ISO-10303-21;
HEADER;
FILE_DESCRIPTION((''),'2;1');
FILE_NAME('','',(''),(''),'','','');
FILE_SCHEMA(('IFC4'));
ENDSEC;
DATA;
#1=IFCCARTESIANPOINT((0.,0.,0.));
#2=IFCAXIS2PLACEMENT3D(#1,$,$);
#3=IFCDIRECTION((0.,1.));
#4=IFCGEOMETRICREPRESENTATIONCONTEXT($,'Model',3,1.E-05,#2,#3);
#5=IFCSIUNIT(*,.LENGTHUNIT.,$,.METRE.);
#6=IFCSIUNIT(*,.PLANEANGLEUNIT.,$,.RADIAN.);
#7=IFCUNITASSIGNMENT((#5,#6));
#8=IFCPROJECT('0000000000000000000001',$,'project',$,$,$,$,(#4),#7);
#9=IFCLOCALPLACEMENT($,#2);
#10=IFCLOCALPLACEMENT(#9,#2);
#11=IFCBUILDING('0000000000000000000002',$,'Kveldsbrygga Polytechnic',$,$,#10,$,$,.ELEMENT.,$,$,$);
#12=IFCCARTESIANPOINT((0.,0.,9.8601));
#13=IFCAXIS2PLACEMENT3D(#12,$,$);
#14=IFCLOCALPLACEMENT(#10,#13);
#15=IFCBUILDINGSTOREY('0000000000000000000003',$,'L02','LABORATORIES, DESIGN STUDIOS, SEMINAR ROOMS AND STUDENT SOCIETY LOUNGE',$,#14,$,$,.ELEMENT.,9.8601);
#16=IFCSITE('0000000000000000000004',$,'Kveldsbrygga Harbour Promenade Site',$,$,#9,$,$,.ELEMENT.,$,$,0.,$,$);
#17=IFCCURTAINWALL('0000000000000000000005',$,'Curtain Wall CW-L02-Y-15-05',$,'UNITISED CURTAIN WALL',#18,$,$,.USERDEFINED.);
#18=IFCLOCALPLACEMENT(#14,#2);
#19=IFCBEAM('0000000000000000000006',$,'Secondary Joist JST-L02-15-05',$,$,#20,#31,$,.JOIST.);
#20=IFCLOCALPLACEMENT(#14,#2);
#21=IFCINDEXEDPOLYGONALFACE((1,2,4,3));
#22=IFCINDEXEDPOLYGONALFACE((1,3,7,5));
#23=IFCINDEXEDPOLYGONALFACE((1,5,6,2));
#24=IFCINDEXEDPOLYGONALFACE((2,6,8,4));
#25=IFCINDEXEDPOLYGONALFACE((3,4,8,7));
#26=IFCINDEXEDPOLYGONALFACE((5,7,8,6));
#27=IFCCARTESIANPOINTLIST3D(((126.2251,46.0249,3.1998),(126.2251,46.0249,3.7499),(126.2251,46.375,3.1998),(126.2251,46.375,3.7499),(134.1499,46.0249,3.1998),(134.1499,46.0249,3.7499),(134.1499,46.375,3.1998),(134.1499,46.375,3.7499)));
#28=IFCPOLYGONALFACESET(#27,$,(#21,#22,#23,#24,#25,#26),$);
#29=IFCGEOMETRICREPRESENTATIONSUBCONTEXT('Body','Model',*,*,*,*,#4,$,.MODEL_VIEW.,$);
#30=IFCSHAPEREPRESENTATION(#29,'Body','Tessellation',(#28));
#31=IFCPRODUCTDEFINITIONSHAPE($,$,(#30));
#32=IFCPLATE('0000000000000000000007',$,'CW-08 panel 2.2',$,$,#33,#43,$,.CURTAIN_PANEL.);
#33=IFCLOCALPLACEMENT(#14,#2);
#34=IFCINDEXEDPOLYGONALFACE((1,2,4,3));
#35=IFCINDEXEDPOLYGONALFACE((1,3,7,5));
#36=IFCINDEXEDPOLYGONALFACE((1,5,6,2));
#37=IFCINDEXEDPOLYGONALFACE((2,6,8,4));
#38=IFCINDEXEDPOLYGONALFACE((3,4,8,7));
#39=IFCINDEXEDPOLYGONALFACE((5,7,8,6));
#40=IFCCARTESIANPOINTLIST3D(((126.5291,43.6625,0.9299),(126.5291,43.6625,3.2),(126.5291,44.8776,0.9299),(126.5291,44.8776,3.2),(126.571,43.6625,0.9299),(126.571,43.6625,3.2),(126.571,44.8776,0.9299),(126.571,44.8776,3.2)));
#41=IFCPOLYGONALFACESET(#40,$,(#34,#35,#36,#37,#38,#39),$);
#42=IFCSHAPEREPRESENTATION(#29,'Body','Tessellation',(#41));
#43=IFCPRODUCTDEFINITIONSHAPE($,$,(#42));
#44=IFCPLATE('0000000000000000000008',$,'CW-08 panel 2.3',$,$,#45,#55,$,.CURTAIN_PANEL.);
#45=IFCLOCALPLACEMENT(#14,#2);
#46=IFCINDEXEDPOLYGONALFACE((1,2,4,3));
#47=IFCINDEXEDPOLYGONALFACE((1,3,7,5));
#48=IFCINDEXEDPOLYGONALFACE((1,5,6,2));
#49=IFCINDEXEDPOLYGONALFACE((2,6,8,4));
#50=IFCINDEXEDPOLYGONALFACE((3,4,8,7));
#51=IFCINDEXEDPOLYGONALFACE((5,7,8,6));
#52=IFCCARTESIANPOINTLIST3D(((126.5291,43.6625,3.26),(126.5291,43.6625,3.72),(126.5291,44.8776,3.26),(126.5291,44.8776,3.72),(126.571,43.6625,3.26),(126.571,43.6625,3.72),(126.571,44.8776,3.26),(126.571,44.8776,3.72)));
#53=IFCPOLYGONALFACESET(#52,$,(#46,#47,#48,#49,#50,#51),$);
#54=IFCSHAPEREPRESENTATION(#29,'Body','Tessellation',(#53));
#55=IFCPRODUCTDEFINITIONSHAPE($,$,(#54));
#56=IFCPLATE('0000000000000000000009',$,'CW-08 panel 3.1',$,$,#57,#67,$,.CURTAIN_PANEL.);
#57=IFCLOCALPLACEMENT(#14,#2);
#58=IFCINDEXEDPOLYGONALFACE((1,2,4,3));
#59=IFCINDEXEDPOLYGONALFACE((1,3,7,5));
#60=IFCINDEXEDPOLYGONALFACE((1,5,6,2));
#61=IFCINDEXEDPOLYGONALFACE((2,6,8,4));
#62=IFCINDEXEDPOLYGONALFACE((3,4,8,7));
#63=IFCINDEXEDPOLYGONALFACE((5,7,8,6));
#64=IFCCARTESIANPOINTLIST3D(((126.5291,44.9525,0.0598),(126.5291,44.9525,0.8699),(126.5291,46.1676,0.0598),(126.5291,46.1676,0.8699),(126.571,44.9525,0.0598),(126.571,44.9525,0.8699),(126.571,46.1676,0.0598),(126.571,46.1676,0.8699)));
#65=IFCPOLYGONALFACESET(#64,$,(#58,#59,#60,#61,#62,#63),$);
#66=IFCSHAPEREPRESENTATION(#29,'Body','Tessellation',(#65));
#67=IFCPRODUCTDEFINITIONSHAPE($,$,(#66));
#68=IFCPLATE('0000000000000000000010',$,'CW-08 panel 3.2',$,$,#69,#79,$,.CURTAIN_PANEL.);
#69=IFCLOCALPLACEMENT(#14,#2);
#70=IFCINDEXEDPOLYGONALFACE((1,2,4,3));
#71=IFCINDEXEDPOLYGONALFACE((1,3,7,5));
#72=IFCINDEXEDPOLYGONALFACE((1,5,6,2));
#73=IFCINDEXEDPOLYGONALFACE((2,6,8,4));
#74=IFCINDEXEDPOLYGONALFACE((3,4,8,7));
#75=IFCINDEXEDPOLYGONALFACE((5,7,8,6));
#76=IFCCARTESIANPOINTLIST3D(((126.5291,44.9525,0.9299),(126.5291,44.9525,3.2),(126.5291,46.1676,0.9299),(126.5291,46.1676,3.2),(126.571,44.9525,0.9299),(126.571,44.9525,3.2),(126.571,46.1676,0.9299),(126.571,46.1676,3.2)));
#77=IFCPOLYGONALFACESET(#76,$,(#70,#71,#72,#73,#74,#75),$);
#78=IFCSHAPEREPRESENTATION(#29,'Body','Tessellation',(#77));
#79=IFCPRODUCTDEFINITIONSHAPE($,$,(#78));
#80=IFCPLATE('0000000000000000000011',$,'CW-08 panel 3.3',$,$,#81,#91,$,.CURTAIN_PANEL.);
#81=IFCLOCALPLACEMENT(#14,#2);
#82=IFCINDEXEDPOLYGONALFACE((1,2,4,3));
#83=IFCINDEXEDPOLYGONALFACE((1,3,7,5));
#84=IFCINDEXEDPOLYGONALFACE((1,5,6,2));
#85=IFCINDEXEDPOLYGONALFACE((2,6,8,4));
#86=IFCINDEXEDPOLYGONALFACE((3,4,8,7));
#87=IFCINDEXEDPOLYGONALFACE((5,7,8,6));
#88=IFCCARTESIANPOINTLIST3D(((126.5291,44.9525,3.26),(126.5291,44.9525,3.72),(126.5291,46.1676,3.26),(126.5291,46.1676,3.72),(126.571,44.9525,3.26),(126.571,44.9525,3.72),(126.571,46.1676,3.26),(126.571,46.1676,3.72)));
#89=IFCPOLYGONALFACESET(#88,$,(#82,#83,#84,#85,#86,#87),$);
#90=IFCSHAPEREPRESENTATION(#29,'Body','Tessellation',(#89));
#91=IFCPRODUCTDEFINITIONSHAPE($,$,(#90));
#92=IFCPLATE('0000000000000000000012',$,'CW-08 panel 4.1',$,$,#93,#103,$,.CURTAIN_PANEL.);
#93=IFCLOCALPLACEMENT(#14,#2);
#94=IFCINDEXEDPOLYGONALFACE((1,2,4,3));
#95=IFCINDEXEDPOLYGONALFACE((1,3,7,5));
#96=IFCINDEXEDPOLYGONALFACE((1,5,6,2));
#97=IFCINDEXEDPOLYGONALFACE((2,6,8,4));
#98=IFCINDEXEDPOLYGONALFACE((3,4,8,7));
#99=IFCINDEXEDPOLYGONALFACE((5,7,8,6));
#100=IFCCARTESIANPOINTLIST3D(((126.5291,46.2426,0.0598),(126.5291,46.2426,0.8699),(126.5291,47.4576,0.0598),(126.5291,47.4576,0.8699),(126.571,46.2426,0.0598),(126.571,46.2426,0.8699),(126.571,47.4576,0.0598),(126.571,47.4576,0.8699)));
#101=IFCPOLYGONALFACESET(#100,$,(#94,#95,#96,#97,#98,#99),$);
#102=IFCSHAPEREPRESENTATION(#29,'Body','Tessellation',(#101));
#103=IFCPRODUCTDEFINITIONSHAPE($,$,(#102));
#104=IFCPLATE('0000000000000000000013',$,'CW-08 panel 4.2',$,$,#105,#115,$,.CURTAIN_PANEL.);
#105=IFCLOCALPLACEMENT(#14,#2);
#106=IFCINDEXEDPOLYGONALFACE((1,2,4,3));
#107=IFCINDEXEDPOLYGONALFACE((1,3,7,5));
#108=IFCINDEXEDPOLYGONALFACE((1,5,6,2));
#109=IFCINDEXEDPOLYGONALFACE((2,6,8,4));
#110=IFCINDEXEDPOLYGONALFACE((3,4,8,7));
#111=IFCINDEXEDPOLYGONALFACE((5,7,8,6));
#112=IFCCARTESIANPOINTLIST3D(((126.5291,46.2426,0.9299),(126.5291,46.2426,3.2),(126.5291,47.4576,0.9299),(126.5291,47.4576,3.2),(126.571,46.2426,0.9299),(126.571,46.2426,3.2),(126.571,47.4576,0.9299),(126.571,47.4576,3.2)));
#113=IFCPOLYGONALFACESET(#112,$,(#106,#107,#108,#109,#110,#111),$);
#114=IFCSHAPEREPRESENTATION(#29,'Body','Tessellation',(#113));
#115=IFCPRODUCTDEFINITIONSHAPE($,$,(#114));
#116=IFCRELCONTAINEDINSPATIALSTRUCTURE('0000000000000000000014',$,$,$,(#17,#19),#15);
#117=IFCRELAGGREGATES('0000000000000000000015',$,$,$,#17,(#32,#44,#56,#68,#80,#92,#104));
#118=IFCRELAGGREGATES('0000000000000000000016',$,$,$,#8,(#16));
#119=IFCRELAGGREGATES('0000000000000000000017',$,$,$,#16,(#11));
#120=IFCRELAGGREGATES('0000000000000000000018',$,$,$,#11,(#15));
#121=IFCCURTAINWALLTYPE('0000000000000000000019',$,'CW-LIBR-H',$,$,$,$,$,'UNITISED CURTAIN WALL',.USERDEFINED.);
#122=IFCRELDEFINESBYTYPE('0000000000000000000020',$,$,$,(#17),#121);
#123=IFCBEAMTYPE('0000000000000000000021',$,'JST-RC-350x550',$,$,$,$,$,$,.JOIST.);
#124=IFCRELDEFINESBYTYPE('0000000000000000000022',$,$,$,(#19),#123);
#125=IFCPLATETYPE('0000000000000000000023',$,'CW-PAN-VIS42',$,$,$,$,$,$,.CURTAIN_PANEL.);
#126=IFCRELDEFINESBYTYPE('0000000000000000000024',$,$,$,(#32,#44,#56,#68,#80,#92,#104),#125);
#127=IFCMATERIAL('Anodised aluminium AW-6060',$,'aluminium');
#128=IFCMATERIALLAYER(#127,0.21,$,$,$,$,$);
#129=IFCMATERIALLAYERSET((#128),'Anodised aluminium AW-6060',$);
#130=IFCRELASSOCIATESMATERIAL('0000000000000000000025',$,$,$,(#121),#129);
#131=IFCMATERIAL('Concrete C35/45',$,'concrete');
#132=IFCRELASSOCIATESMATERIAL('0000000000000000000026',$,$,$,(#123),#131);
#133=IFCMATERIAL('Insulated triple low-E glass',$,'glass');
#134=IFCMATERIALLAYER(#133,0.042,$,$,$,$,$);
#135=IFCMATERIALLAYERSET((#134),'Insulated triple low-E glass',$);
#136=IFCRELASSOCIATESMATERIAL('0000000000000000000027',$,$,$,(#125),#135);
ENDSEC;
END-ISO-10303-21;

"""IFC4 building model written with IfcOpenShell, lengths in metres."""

from ifc_helpers import new_model, si_unit, direction, frame, origin, origin_2d, place, context, subcontext, project, spatial, rectangle, extrude, material, layer, layer_set, material_profile, profile_set, type_object, element, aggregate, save


model = new_model("IFC4")

# Units and contexts
model_context = context("Model", 3, precision=1e-05, world=origin(), true_north=direction((0.0, 1.0)))
body_context = subcontext(model_context, "Body", "Model", "MODEL_VIEW")
ifc_project = project(units=[si_unit("LENGTHUNIT", "METRE"), si_unit("PLANEANGLEUNIT", "RADIAN")], contexts=[model_context])

# Site, building, storey
site_placement = place(None, origin())
site = spatial("IfcSite", under=ifc_project, at=site_placement, Name="Kveldsbrygga Harbour Promenade Site", CompositionType="ELEMENT", RefElevation=0.0)
building_placement = place(site_placement, origin())
building = spatial("IfcBuilding", under=site, at=building_placement, Name="Kveldsbrygga Polytechnic", CompositionType="ELEMENT")
storey_placement = place(building_placement, frame((0.0, 0.0, 9.8601)))
storey = spatial("IfcBuildingStorey", under=building, at=storey_placement, Name="L02", Description="LABORATORIES, DESIGN STUDIOS, SEMINAR ROOMS AND STUDENT SOCIETY LOUNGE", CompositionType="ELEMENT", Elevation=9.8601)

# Shared definitions
ifc_material_1 = material(Name="Concrete C35/45", Category="concrete")

# Curtain wall
ifc_material_2 = material(Name="Anodised aluminium AW-6060", Category="aluminium")
ifc_layer_1 = layer(ifc_material_2, 0.21)
ifc_layer_set_1 = layer_set([ifc_layer_1], Name="Anodised aluminium AW-6060")
curtain_wall_type = type_object("IfcCurtainWallType", Name="CW-LIBR-H", ElementType="UNITISED CURTAIN WALL", PredefinedType="USERDEFINED", material=ifc_layer_set_1)
curtain_wall_placement = place(storey_placement, origin())
curtain_wall = element("IfcCurtainWall", 1, at=curtain_wall_placement, inside=storey, type_object=curtain_wall_type, Name="Curtain Wall CW-L02-Y-15-05", ObjectType="UNITISED CURTAIN WALL", PredefinedType="USERDEFINED")

# Beam
ifc_material_profile_1 = material_profile(ifc_material_1, rectangle(XDim=0.3501, YDim=0.55, at=origin_2d()), Name="RC 350x550")
ifc_profile_set_1 = profile_set([ifc_material_profile_1], Name="Concrete C35/45")
beam_type_1 = type_object("IfcBeamType", Name="JST-RC-350x550", PredefinedType="JOIST", material=ifc_profile_set_1)
beam_1_placement = place(storey_placement, frame((126.2251, 46.2, 3.4749), z_axis=(1.0, 0.0, 0.0), x_axis=(0.0, 1.0, 0.0)))
element("IfcBeam", 2, at=beam_1_placement, inside=storey, type_object=beam_type_1, Name="Secondary Joist JST-L02-15-05", PredefinedType="JOIST", context=body_context, shape_type="SweptSolid", body=[
    extrude(rectangle(XDim=0.3501, YDim=0.55, at=origin_2d()), origin(), (0.0, 0.0, 1.0), 7.9248),
])

# Plates
ifc_material_3 = material(Name="Insulated triple low-E glass", Category="glass")
ifc_layer_2 = layer(ifc_material_3, 0.042)
ifc_layer_set_2 = layer_set([ifc_layer_2], Name="Insulated triple low-E glass")
plate_type = type_object("IfcPlateType", Name="CW-PAN-VIS42", PredefinedType="CURTAIN_PANEL", material=ifc_layer_set_2)
plate_1_placement = place(storey_placement, frame((126.55, 44.27, 0.9299), z_axis=(0.0, 0.0, 1.0), x_axis=(0.0, 1.0, 0.0)))
plate_1 = element("IfcPlate", 3, at=plate_1_placement, type_object=plate_type, Name="CW-08 panel 2.2", PredefinedType="CURTAIN_PANEL", context=body_context, shape_type="SweptSolid", body=[
    extrude(rectangle(XDim=1.2151, YDim=0.042, at=origin_2d()), origin(), (0.0, 0.0, 1.0), 2.27),
])
plate_2_placement = place(storey_placement, frame((126.55, 44.27, 3.26), z_axis=(0.0, 0.0, 1.0), x_axis=(0.0, 1.0, 0.0)))
plate_2 = element("IfcPlate", 4, at=plate_2_placement, type_object=plate_type, Name="CW-08 panel 2.3", PredefinedType="CURTAIN_PANEL", context=body_context, shape_type="SweptSolid", body=[
    extrude(rectangle(XDim=1.2151, YDim=0.042, at=origin_2d()), origin(), (0.0, 0.0, 1.0), 0.46),
])
plate_3_placement = place(storey_placement, frame((126.55, 45.5601, 0.0598), z_axis=(0.0, 0.0, 1.0), x_axis=(0.0, 1.0, 0.0)))
plate_3 = element("IfcPlate", 5, at=plate_3_placement, type_object=plate_type, Name="CW-08 panel 3.1", PredefinedType="CURTAIN_PANEL", context=body_context, shape_type="SweptSolid", body=[
    extrude(rectangle(XDim=1.2151, YDim=0.042, at=origin_2d()), origin(), (0.0, 0.0, 1.0), 0.8101),
])
plate_4_placement = place(storey_placement, frame((126.55, 45.5601, 0.9299), z_axis=(0.0, 0.0, 1.0), x_axis=(0.0, 1.0, 0.0)))
plate_4 = element("IfcPlate", 6, at=plate_4_placement, type_object=plate_type, Name="CW-08 panel 3.2", PredefinedType="CURTAIN_PANEL", context=body_context, shape_type="SweptSolid", body=[
    extrude(rectangle(XDim=1.2151, YDim=0.042, at=origin_2d()), origin(), (0.0, 0.0, 1.0), 2.27),
])
plate_5_placement = place(storey_placement, frame((126.55, 45.5601, 3.26), z_axis=(0.0, 0.0, 1.0), x_axis=(0.0, 1.0, 0.0)))
plate_5 = element("IfcPlate", 7, at=plate_5_placement, type_object=plate_type, Name="CW-08 panel 3.3", PredefinedType="CURTAIN_PANEL", context=body_context, shape_type="SweptSolid", body=[
    extrude(rectangle(XDim=1.2151, YDim=0.042, at=origin_2d()), origin(), (0.0, 0.0, 1.0), 0.46),
])
plate_6_placement = place(storey_placement, frame((126.55, 46.8501, 0.0598), z_axis=(0.0, 0.0, 1.0), x_axis=(0.0, 1.0, 0.0)))
plate_6 = element("IfcPlate", 8, at=plate_6_placement, type_object=plate_type, Name="CW-08 panel 4.1", PredefinedType="CURTAIN_PANEL", context=body_context, shape_type="SweptSolid", body=[
    extrude(rectangle(XDim=1.2151, YDim=0.042, at=origin_2d()), origin(), (0.0, 0.0, 1.0), 0.8101),
])
plate_7_placement = place(storey_placement, frame((126.55, 46.8501, 0.9299), z_axis=(0.0, 0.0, 1.0), x_axis=(0.0, 1.0, 0.0)))
plate_7 = element("IfcPlate", 9, at=plate_7_placement, type_object=plate_type, Name="CW-08 panel 4.2", PredefinedType="CURTAIN_PANEL", context=body_context, shape_type="SweptSolid", body=[
    extrude(rectangle(XDim=1.2151, YDim=0.042, at=origin_2d()), origin(), (0.0, 0.0, 1.0), 2.27),
])
aggregate(curtain_wall, [plate_1, plate_2, plate_3, plate_4, plate_5, plate_6, plate_7])

save(model, "model.ifc")
